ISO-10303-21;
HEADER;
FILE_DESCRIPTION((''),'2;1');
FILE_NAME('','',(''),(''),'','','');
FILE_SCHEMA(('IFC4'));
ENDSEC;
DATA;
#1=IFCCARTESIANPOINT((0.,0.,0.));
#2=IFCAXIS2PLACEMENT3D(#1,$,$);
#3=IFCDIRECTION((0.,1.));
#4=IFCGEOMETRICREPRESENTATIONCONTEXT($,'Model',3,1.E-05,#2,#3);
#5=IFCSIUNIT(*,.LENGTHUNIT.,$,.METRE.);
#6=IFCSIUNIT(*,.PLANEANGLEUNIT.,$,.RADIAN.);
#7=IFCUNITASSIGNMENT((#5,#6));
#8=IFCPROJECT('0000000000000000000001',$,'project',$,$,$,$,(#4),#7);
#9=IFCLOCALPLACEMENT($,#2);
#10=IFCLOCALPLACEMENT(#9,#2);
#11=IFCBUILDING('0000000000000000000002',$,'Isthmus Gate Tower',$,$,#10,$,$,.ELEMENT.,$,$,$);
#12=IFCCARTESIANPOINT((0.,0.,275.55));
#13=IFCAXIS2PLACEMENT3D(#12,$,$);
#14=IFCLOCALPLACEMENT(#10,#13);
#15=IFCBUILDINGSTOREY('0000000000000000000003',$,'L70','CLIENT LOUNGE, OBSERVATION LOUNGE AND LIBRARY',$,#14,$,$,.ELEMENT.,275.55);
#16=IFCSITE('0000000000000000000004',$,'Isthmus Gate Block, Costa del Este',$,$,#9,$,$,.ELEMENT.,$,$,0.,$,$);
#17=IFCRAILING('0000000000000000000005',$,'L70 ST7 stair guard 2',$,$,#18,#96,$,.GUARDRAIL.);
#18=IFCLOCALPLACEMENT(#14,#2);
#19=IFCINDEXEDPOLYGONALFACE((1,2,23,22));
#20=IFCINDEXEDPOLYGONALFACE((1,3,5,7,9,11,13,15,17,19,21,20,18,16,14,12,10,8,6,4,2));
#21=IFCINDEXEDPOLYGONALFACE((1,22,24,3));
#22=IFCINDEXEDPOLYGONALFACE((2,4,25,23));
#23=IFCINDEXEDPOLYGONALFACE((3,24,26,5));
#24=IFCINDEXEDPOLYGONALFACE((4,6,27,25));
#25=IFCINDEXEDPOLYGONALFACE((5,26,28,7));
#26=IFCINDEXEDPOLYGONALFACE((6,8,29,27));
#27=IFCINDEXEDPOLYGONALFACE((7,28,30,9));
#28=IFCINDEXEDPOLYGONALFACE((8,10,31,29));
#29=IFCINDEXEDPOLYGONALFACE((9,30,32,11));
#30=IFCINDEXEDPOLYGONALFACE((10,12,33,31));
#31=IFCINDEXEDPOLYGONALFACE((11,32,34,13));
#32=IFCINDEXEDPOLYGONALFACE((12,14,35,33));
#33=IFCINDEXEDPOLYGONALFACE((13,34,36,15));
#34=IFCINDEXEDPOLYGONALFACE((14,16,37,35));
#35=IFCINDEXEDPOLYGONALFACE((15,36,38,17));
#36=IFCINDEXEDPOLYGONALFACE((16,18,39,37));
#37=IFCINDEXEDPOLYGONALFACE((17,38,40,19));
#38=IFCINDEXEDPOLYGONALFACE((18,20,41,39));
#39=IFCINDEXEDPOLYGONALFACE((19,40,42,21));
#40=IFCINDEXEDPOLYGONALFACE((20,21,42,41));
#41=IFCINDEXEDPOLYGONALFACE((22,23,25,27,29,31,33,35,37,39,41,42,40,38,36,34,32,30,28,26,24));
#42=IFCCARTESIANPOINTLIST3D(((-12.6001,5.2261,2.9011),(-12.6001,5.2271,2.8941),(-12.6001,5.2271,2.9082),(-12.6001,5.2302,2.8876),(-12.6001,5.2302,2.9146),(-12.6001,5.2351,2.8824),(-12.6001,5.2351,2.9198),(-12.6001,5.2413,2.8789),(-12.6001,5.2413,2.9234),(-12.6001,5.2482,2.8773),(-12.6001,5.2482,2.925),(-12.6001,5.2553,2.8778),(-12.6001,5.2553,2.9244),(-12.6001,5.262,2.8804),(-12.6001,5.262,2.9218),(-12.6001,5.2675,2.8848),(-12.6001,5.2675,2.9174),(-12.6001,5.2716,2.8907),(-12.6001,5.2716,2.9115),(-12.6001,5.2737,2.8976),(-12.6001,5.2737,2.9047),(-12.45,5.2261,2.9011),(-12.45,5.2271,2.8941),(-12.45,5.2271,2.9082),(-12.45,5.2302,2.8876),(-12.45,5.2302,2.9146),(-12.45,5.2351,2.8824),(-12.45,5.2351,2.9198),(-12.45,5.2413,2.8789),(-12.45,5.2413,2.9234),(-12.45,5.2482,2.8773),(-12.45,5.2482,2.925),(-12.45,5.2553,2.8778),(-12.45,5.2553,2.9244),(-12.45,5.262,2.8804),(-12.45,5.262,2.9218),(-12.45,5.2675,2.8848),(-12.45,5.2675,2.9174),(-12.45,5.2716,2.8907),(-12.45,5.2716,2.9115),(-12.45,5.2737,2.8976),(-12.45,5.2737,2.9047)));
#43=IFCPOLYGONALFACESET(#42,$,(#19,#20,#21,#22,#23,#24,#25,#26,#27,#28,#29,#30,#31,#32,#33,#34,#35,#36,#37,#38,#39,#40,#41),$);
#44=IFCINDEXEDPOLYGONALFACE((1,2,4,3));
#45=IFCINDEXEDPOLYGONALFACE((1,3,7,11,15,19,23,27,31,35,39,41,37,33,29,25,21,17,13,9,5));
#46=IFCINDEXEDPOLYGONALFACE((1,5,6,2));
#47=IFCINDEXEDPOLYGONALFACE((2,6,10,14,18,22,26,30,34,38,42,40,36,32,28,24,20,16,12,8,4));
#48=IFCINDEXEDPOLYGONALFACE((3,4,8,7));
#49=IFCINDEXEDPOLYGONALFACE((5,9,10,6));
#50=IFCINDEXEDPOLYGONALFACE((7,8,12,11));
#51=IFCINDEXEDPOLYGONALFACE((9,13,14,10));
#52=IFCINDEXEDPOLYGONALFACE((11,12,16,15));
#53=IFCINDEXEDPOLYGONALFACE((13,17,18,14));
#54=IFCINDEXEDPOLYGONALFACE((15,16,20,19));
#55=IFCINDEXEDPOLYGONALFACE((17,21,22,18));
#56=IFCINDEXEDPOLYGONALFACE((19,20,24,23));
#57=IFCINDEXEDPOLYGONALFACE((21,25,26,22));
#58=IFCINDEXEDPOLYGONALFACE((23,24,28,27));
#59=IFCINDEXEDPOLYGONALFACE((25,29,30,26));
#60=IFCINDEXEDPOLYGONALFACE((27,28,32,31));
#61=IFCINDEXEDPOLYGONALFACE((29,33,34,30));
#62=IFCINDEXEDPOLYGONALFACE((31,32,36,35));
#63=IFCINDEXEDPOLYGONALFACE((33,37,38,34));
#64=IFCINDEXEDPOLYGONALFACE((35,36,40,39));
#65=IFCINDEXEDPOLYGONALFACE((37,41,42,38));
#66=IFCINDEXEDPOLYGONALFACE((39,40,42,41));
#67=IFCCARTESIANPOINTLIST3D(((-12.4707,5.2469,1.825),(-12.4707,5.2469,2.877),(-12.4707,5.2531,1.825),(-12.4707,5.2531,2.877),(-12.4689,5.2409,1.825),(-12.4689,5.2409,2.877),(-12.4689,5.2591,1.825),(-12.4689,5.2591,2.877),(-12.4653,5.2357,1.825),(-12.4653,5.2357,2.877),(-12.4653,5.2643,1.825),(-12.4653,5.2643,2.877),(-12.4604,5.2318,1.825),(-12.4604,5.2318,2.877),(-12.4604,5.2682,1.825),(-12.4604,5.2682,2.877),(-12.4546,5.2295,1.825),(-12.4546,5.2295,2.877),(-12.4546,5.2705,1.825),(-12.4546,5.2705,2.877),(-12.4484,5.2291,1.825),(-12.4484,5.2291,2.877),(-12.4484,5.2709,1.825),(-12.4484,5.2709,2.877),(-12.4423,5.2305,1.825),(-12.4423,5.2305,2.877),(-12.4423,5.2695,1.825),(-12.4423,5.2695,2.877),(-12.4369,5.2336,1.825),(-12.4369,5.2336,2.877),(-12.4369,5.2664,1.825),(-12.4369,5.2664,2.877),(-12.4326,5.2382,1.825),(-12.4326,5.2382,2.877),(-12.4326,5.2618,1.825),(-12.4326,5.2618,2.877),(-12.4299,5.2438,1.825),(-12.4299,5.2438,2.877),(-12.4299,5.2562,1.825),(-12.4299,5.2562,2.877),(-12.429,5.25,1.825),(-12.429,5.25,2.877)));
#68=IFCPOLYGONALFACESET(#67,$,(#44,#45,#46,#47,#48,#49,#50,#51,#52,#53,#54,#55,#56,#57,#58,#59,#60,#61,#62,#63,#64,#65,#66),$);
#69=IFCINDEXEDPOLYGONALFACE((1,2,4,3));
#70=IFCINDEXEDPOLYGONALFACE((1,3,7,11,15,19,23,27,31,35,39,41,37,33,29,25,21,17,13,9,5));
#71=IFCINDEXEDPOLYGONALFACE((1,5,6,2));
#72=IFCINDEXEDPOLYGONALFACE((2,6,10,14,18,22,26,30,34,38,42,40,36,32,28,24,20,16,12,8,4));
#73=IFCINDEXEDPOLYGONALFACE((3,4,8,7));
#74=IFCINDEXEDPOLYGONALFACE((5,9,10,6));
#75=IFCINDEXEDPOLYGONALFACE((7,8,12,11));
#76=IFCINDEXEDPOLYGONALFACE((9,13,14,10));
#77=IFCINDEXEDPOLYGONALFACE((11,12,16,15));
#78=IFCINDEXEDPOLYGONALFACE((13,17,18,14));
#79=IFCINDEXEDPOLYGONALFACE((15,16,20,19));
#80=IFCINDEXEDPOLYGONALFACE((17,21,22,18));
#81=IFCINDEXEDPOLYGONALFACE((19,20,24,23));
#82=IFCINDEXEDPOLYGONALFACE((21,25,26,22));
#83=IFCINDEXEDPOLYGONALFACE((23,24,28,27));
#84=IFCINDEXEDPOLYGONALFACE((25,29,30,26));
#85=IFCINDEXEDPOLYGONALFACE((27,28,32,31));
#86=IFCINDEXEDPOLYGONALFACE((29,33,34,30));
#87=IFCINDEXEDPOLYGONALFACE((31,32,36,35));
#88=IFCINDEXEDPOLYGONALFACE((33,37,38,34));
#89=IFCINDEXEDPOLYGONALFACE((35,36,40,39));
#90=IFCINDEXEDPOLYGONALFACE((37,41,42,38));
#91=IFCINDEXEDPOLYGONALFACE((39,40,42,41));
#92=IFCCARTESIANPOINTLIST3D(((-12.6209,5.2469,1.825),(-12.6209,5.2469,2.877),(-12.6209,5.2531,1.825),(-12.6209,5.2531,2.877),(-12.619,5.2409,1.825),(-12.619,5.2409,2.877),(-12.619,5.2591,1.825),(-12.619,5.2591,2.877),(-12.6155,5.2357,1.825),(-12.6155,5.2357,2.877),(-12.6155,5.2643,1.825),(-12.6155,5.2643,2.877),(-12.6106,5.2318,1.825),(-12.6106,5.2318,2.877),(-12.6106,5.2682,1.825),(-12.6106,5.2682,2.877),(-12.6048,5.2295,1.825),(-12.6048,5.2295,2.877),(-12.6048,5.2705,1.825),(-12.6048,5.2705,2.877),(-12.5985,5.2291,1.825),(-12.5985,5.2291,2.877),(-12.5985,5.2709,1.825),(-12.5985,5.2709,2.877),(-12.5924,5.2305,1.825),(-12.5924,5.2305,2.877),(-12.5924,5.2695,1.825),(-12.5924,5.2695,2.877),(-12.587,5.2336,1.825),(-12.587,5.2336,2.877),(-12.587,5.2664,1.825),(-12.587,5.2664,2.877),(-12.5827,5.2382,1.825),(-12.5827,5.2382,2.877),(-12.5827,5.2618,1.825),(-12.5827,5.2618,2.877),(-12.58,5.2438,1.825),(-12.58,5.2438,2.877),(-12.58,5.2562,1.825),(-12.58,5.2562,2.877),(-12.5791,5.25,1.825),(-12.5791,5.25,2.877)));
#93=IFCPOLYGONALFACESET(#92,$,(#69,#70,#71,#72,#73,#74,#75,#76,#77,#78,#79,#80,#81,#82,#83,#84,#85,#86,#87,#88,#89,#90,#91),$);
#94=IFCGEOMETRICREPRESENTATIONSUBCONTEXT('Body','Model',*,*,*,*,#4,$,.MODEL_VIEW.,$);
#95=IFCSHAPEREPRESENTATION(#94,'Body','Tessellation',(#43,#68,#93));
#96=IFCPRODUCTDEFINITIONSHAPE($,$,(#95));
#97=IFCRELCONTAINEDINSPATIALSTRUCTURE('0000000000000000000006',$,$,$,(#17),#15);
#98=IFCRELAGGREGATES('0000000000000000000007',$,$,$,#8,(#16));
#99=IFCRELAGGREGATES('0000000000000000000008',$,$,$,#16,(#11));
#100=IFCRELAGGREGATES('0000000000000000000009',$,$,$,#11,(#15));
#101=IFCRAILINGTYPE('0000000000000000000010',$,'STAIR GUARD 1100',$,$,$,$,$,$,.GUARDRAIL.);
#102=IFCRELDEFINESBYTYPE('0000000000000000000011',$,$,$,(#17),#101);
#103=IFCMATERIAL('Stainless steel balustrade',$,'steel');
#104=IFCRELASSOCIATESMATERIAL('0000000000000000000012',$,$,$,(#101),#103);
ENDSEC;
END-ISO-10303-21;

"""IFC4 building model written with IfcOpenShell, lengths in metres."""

from ifc_helpers import new_model, si_unit, direction, frame, origin, origin_2d, place, context, subcontext, project, spatial, circle, extrude, material, type_object, element, save


model = new_model("IFC4")

# Units and contexts
model_context = context("Model", 3, precision=1e-05, world=origin(), true_north=direction((0.0, 1.0)))
body_context = subcontext(model_context, "Body", "Model", "MODEL_VIEW")
ifc_project = project(units=[si_unit("LENGTHUNIT", "METRE"), si_unit("PLANEANGLEUNIT", "RADIAN")], contexts=[model_context])

# Site, building, storey
site_placement = place(None, origin())
site = spatial("IfcSite", under=ifc_project, at=site_placement, Name="Isthmus Gate Block, Costa del Este", CompositionType="ELEMENT", RefElevation=0.0)
building_placement = place(site_placement, origin())
building = spatial("IfcBuilding", under=site, at=building_placement, Name="Isthmus Gate Tower", CompositionType="ELEMENT")
storey_placement = place(building_placement, frame((0.0, 0.0, 275.55)))
storey = spatial("IfcBuildingStorey", under=building, at=storey_placement, Name="L70", Description="CLIENT LOUNGE, OBSERVATION LOUNGE AND LIBRARY", CompositionType="ELEMENT", Elevation=275.55)

# Railing
ifc_material_1 = material(Name="Stainless steel balustrade", Category="steel")
railing_type_1 = type_object("IfcRailingType", Name="STAIR GUARD 1100", PredefinedType="GUARDRAIL", material=ifc_material_1)
railing_1_placement = place(storey_placement, frame((-12.45, 5.25, 1.825)))
element("IfcRailing", 1, at=railing_1_placement, inside=storey, type_object=railing_type_1, Name="L70 ST7 stair guard 2", PredefinedType="GUARDRAIL", context=body_context, shape_type="SweptSolid", body=[
    extrude(circle(Radius=0.0239, at=origin_2d()), frame((0.0, 0.0, 1.0762), z_axis=(-1.0, 0.0, 0.0), x_axis=(0.0, -1.0, 0.0)), (0.0, 0.0, 1.0), 0.1501),
    extrude(circle(Radius=0.021, at=origin_2d()), origin(), (0.0, 0.0, 1.0), 1.052),
    extrude(circle(Radius=0.021, at=origin_2d()), frame((-0.1501, 0.0, 0.0)), (0.0, 0.0, 1.0), 1.052),
])

save(model, "model.ifc")
